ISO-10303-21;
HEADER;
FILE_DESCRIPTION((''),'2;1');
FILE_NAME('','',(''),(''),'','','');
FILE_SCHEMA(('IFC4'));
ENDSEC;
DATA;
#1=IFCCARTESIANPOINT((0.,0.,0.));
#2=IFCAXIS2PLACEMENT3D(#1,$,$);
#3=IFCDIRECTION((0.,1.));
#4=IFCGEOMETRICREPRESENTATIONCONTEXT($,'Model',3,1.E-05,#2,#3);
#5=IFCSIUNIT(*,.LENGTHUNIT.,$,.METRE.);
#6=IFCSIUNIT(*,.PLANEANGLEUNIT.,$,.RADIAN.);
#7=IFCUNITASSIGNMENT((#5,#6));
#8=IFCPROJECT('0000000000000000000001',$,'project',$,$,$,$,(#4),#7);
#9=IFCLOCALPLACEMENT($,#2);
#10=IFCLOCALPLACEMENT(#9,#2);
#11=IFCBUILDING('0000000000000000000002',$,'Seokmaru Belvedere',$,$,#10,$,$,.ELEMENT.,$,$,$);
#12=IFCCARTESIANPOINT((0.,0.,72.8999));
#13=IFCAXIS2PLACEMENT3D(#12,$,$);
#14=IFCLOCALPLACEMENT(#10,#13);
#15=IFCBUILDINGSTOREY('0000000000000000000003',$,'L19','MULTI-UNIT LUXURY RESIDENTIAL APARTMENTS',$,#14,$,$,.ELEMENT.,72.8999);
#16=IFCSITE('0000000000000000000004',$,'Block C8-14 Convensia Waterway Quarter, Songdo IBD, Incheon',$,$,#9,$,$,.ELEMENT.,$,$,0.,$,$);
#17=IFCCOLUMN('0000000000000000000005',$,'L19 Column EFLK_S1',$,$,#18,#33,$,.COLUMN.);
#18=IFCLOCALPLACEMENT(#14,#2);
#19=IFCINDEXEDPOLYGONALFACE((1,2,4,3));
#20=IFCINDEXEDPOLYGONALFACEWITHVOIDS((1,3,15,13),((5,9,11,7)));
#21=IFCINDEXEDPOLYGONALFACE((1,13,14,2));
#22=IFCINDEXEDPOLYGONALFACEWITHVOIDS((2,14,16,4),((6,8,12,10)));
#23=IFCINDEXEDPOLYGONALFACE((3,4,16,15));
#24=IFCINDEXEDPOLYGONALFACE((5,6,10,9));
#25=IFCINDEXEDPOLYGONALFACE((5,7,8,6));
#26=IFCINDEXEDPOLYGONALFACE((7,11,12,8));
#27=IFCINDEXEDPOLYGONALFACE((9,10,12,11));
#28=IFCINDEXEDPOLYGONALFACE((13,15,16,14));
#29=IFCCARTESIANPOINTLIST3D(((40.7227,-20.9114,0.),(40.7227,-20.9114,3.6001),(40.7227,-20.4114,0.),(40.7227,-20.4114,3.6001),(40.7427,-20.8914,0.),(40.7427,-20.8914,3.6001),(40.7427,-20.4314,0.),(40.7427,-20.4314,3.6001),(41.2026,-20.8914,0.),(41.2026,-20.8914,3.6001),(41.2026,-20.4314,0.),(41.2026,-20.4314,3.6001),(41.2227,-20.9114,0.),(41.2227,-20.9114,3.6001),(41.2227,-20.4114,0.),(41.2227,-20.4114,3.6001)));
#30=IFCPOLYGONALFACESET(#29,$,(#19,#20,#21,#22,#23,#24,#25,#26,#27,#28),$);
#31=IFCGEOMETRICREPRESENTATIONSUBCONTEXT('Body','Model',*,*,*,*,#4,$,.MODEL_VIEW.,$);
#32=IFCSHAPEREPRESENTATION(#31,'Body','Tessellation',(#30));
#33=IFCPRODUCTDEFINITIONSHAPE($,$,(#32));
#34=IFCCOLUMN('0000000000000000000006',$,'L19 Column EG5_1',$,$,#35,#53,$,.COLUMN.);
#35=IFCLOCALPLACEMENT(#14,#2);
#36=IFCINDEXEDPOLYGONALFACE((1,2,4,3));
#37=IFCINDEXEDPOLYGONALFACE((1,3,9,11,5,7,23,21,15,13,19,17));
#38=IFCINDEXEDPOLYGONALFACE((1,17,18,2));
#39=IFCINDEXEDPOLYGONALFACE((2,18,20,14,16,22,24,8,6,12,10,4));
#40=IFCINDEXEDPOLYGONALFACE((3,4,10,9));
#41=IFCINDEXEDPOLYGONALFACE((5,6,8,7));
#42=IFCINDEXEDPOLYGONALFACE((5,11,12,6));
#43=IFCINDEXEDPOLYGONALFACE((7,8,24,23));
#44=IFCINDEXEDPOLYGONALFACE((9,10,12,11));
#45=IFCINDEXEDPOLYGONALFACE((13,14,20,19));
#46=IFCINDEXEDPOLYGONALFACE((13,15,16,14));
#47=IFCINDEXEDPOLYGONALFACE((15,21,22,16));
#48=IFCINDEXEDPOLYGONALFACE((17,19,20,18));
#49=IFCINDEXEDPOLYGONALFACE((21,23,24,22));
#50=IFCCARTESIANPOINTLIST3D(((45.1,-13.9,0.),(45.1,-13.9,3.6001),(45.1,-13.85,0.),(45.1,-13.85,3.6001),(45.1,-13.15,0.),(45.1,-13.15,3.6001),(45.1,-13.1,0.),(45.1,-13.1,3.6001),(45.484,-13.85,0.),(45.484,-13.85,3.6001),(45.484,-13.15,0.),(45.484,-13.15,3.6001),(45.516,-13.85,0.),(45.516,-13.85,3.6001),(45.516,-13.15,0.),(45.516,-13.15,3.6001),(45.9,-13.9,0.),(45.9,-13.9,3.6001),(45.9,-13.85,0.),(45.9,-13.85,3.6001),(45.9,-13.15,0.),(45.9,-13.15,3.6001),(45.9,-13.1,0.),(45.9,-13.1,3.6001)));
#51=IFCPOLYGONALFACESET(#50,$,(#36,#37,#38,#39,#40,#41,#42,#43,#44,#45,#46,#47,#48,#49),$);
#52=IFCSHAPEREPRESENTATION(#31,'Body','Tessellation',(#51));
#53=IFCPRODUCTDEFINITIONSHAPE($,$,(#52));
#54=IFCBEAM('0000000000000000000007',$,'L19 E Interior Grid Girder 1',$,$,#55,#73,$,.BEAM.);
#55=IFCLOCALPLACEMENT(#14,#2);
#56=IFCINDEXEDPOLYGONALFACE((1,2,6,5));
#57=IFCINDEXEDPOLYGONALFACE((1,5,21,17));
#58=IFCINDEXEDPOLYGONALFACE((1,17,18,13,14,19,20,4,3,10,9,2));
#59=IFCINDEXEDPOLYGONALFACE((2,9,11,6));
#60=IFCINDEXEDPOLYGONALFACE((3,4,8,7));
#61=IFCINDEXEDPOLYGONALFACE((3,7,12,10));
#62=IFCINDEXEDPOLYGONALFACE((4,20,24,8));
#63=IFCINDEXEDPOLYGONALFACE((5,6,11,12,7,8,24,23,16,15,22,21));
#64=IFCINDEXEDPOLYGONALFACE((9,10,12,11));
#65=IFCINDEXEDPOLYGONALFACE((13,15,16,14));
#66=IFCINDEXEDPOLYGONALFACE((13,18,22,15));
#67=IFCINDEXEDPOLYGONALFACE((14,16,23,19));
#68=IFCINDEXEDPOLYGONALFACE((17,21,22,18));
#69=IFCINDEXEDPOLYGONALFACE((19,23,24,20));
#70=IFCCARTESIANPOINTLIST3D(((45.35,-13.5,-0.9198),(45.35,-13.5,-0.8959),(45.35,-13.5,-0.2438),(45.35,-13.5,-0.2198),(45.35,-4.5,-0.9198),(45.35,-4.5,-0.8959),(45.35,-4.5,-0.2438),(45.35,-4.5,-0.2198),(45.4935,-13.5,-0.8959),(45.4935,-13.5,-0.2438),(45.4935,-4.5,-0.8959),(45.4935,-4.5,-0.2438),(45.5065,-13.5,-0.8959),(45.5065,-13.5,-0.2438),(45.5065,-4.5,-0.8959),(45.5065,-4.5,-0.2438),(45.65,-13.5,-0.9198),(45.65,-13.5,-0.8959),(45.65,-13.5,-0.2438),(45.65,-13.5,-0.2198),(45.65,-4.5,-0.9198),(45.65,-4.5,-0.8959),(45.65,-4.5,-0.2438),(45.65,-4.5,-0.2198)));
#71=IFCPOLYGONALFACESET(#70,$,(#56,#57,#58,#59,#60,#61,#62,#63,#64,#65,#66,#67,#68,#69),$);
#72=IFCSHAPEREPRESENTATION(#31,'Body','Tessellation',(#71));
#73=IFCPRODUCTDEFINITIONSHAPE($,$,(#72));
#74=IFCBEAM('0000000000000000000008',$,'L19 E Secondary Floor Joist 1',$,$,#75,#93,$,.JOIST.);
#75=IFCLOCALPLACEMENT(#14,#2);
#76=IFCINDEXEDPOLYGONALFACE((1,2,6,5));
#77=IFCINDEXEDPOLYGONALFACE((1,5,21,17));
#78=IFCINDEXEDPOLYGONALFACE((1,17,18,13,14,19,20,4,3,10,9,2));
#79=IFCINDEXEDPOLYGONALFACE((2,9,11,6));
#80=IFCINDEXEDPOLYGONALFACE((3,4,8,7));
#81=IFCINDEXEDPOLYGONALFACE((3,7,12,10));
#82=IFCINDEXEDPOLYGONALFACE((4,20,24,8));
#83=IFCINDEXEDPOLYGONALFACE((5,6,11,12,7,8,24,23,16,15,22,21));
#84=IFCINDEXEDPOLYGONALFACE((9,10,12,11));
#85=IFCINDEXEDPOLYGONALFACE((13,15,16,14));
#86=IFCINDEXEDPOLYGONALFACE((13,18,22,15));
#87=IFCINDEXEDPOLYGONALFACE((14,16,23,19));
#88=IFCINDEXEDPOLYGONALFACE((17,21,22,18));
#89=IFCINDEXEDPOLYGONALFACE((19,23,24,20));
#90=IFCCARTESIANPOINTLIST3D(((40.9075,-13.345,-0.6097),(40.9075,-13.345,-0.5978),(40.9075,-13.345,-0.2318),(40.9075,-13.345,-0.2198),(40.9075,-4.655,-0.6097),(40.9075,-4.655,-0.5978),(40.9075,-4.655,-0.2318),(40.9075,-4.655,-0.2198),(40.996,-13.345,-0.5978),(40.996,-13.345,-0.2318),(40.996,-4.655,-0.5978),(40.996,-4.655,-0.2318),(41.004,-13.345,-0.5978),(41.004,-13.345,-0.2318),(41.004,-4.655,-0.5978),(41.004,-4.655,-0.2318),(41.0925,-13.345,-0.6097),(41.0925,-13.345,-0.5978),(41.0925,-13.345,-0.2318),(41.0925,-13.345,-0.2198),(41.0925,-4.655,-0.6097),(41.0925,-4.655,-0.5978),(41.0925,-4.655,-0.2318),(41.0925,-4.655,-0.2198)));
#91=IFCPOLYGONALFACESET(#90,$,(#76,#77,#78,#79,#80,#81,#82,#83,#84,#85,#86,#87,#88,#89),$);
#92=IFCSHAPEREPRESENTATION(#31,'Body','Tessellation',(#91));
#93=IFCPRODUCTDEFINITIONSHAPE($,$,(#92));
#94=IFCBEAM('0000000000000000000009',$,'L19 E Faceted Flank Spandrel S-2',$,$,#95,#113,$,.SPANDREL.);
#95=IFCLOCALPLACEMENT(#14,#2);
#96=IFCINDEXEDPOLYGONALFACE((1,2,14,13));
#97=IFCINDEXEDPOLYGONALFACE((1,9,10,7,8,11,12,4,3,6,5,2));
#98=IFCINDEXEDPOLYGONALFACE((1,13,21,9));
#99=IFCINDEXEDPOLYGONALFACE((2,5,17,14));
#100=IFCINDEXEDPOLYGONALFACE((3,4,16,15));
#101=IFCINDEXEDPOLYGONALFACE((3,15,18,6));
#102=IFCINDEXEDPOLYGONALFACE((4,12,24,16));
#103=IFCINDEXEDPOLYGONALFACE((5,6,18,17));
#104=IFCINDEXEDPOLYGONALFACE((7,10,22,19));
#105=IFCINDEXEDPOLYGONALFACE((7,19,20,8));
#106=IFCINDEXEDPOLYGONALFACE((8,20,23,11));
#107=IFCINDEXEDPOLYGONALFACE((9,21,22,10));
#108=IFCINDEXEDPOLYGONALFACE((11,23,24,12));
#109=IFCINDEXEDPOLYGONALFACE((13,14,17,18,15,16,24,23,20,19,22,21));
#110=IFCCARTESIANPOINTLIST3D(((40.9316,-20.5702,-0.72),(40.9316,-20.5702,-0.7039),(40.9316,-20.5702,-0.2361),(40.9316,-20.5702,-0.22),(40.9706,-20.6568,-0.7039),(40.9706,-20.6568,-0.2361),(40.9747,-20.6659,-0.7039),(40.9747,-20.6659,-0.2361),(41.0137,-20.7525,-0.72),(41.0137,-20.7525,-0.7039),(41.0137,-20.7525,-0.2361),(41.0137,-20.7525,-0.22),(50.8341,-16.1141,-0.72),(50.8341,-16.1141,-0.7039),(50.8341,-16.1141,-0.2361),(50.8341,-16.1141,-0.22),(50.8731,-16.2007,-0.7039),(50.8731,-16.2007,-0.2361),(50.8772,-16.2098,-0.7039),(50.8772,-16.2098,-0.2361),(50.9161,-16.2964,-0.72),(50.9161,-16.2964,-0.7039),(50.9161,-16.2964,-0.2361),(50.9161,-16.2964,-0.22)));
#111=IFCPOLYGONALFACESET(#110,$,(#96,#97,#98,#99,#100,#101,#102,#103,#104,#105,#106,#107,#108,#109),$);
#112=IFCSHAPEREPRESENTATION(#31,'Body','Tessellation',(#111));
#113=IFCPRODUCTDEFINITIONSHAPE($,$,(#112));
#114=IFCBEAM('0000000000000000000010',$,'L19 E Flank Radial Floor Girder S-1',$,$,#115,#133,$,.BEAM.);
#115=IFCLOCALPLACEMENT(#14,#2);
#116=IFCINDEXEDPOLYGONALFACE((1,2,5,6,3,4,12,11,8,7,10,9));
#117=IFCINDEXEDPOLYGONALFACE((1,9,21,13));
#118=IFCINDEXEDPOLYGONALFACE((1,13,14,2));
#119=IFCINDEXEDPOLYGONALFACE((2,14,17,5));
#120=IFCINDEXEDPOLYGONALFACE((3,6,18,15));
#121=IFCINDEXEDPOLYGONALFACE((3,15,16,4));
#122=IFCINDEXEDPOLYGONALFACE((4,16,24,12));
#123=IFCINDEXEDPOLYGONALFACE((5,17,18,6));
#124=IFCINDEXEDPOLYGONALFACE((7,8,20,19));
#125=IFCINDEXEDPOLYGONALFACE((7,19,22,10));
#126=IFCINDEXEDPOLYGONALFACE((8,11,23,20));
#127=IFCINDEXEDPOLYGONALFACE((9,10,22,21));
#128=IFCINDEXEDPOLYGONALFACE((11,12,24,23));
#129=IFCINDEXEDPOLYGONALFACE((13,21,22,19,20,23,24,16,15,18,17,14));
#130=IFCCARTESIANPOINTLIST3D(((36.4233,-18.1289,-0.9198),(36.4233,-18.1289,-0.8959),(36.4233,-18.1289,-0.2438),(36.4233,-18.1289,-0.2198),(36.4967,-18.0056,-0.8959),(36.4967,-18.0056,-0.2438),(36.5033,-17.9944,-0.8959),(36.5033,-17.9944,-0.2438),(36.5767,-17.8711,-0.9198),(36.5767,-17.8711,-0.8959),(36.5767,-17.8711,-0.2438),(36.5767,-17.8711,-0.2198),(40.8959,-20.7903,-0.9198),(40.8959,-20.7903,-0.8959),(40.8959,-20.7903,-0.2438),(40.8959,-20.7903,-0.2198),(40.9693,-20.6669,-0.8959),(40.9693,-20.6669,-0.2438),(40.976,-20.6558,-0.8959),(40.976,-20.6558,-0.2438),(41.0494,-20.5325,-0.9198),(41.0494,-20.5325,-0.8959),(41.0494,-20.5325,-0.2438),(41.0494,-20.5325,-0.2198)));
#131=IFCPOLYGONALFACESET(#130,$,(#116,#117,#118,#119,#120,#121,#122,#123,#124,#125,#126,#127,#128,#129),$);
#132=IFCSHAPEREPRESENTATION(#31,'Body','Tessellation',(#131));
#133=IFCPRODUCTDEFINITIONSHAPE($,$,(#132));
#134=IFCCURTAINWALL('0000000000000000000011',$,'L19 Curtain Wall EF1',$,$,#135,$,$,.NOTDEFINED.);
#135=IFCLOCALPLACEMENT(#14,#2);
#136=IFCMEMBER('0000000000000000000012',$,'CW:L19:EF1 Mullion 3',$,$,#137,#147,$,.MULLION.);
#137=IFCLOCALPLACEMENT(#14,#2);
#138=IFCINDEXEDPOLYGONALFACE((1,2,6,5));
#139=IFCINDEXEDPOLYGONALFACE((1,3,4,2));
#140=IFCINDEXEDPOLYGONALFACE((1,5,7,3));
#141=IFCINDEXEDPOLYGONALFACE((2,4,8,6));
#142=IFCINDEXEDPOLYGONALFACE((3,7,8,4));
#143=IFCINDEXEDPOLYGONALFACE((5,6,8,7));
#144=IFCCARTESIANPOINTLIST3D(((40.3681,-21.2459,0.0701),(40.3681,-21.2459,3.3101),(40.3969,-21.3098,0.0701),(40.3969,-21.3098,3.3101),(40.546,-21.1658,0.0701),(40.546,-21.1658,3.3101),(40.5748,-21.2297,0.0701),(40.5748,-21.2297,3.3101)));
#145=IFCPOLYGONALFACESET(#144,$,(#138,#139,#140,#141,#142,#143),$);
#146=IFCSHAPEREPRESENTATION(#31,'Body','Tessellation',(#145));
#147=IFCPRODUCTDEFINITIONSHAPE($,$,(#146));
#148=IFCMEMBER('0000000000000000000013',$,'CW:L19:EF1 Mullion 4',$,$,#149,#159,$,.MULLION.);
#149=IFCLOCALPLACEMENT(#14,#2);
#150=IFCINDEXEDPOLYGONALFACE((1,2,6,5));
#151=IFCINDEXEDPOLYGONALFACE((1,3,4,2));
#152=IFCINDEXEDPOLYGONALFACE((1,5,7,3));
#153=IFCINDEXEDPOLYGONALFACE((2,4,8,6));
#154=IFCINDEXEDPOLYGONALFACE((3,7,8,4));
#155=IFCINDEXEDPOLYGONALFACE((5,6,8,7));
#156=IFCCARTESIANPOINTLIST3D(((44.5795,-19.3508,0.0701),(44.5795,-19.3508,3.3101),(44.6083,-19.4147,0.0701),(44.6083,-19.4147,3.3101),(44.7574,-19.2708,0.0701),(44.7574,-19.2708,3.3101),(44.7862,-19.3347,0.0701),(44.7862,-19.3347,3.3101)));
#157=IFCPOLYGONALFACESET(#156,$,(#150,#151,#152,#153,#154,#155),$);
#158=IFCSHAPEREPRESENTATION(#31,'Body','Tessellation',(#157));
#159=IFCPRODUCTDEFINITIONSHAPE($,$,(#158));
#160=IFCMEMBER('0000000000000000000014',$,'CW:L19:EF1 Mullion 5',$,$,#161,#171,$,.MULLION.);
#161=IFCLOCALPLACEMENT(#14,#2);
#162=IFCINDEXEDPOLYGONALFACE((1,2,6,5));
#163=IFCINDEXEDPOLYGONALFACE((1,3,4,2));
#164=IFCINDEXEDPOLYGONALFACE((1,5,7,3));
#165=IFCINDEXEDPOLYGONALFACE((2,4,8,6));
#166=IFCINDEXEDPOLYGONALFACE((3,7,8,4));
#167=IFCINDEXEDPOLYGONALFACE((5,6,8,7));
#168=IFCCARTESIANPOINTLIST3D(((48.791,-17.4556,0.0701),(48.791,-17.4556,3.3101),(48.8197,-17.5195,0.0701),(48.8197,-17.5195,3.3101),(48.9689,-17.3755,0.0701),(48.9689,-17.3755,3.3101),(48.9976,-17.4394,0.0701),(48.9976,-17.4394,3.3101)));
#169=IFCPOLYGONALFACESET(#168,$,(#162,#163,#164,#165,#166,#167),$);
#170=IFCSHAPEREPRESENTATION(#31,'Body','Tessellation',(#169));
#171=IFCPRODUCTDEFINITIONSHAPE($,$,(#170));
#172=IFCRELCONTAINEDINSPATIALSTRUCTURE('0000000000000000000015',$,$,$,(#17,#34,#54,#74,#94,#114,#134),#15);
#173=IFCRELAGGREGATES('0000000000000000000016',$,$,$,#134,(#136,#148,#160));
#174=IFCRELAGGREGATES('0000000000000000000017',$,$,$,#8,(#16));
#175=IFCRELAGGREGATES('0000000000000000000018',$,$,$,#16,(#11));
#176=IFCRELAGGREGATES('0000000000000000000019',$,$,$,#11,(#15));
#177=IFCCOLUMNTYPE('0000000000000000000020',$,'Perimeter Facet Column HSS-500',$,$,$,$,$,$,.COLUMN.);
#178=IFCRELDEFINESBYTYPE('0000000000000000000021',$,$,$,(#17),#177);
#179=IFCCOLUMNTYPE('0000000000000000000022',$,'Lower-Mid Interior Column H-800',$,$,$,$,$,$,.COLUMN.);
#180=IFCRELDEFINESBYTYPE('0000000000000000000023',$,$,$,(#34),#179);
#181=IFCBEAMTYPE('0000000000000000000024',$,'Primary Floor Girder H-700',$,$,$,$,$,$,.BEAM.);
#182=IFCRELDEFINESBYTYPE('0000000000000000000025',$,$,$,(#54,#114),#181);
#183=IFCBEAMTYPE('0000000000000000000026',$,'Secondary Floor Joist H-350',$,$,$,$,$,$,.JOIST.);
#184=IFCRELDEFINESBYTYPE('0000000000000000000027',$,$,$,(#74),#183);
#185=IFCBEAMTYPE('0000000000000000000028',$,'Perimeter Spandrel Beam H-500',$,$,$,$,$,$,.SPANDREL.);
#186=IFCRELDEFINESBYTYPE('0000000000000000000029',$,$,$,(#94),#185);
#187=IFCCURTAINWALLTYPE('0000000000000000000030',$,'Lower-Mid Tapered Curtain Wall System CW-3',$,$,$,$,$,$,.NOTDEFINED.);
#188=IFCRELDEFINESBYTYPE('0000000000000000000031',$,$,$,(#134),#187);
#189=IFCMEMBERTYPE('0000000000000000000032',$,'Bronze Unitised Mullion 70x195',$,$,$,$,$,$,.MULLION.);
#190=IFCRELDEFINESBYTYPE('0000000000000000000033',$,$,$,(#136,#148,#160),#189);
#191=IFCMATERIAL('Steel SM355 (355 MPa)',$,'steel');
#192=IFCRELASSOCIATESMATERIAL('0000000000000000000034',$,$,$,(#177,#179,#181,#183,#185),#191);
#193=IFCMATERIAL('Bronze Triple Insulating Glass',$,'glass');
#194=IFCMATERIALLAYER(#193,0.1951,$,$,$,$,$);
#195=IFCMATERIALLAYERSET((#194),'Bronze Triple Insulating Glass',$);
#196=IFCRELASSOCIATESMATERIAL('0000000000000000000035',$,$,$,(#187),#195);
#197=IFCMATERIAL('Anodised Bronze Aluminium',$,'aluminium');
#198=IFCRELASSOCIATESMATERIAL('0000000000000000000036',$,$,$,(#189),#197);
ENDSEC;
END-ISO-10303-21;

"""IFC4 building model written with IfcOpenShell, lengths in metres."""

from ifc_helpers import new_model, si_unit, direction, frame, origin, origin_2d, place, context, subcontext, project, spatial, rectangle, hollow_rectangle, i_section, extrude, source, transform, mapped, material, layer, layer_set, material_profile, profile_set, type_object, type_shapes, element, aggregate, save


model = new_model("IFC4")

# Units and contexts
model_context = context("Model", 3, precision=1e-05, world=origin(), true_north=direction((0.0, 1.0)))
body_context = subcontext(model_context, "Body", "Model", "MODEL_VIEW")
ifc_project = project(units=[si_unit("LENGTHUNIT", "METRE"), si_unit("PLANEANGLEUNIT", "RADIAN")], contexts=[model_context])

# Site, building, storey
site_placement = place(None, origin())
site = spatial("IfcSite", under=ifc_project, at=site_placement, Name="Block C8-14 Convensia Waterway Quarter, Songdo IBD, Incheon", CompositionType="ELEMENT", RefElevation=0.0)
building_placement = place(site_placement, origin())
building = spatial("IfcBuilding", under=site, at=building_placement, Name="Seokmaru Belvedere", CompositionType="ELEMENT")
storey_placement = place(building_placement, frame((0.0, 0.0, 72.8999)))
storey = spatial("IfcBuildingStorey", under=building, at=storey_placement, Name="L19", Description="MULTI-UNIT LUXURY RESIDENTIAL APARTMENTS", CompositionType="ELEMENT", Elevation=72.8999)

# Columns
ifc_material_1 = material(Name="Steel SM355 (355 MPa)", Category="steel")
ifc_material_profile_1 = material_profile(ifc_material_1, hollow_rectangle(XDim=0.5, YDim=0.5, WallThickness=0.02, at=origin_2d()), Name="HSS-500x500x20")
ifc_profile_set_1 = profile_set([ifc_material_profile_1], Name="Steel SM355 (355 MPa)")
column_type_1 = type_object("IfcColumnType", Name="Perimeter Facet Column HSS-500", PredefinedType="COLUMN", material=ifc_profile_set_1)
shared_shape_1 = source(origin(), body_context, "Body", "SweptSolid", [
    extrude(hollow_rectangle(XDim=0.5, YDim=0.5, WallThickness=0.02, at=origin_2d()), origin(), (0.0, 0.0, 1.0), 3.6001),
])
type_shapes(column_type_1, [shared_shape_1])
column_1_placement = place(storey_placement, frame((40.9727, -20.6614, 0.0), z_axis=(0.0, 0.0, 1.0), x_axis=(1.0, 0.0, 0.0)))
element("IfcColumn", 1, at=column_1_placement, inside=storey, type_object=column_type_1, Name="L19 Column EFLK_S1", PredefinedType="COLUMN", context=body_context, shape_type="MappedRepresentation", body=[
    mapped(shared_shape_1, transform((0.0, 0.0, 0.0), scale=1.0)),
])
ifc_material_profile_2 = material_profile(ifc_material_1, i_section(OverallWidth=0.8, OverallDepth=0.8, WebThickness=0.032, FlangeThickness=0.05, at=origin_2d()), Name="H-800x800x32x50")
ifc_profile_set_2 = profile_set([ifc_material_profile_2], Name="Steel SM355 (355 MPa)")
column_type_2 = type_object("IfcColumnType", Name="Lower-Mid Interior Column H-800", PredefinedType="COLUMN", material=ifc_profile_set_2)
shared_shape_2 = source(origin(), body_context, "Body", "SweptSolid", [
    extrude(i_section(OverallWidth=0.8, OverallDepth=0.8, WebThickness=0.032, FlangeThickness=0.05, at=origin_2d()), origin(), (0.0, 0.0, 1.0), 3.6001),
])
type_shapes(column_type_2, [shared_shape_2])
column_2_placement = place(storey_placement, frame((45.5, -13.5, 0.0), z_axis=(0.0, 0.0, 1.0), x_axis=(1.0, 0.0, 0.0)))
element("IfcColumn", 2, at=column_2_placement, inside=storey, type_object=column_type_2, Name="L19 Column EG5_1", PredefinedType="COLUMN", context=body_context, shape_type="MappedRepresentation", body=[
    mapped(shared_shape_2, transform((0.0, 0.0, 0.0), scale=1.0)),
])

# Beams
ifc_material_profile_3 = material_profile(ifc_material_1, i_section(OverallWidth=0.3, OverallDepth=0.7, WebThickness=0.0129, FlangeThickness=0.0239, at=origin_2d()), Name="H-700x300x13x24")
ifc_profile_set_3 = profile_set([ifc_material_profile_3], Name="Steel SM355 (355 MPa)")
beam_type_1 = type_object("IfcBeamType", Name="Primary Floor Girder H-700", PredefinedType="BEAM", material=ifc_profile_set_3)
shared_shape_3 = source(origin(), body_context, "Body", "SweptSolid", [
    extrude(i_section(OverallWidth=0.3, OverallDepth=0.7, WebThickness=0.0129, FlangeThickness=0.0239, at=origin_2d()), origin(), (0.0, 0.0, 1.0), 9.0),
])
beam_1_placement = place(storey_placement, frame((45.5, -13.5, -0.5698), z_axis=(0.0, 1.0, 0.0), x_axis=(-1.0, 0.0, 0.0)))
element("IfcBeam", 3, at=beam_1_placement, inside=storey, type_object=beam_type_1, Name="L19 E Interior Grid Girder 1", PredefinedType="BEAM", context=body_context, shape_type="MappedRepresentation", body=[
    mapped(shared_shape_3, transform((0.0, 0.0, 0.0), scale=1.0)),
])
ifc_material_profile_4 = material_profile(ifc_material_1, i_section(OverallWidth=0.1851, OverallDepth=0.3899, WebThickness=0.0081, FlangeThickness=0.012, at=origin_2d()), Name="H-390x185x8x12")
ifc_profile_set_4 = profile_set([ifc_material_profile_4], Name="Steel SM355 (355 MPa)")
beam_type_2 = type_object("IfcBeamType", Name="Secondary Floor Joist H-350", PredefinedType="JOIST", material=ifc_profile_set_4)
shared_shape_4 = source(origin(), body_context, "Body", "SweptSolid", [
    extrude(i_section(OverallWidth=0.1851, OverallDepth=0.3899, WebThickness=0.0081, FlangeThickness=0.012, at=origin_2d()), origin(), (0.0, 0.0, 1.0), 8.6899),
])
type_shapes(beam_type_2, [shared_shape_4])
beam_2_placement = place(storey_placement, frame((41.0, -13.345, -0.4148), z_axis=(0.0, 1.0, 0.0), x_axis=(-1.0, 0.0, 0.0)))
element("IfcBeam", 4, at=beam_2_placement, inside=storey, type_object=beam_type_2, Name="L19 E Secondary Floor Joist 1", PredefinedType="JOIST", context=body_context, shape_type="MappedRepresentation", body=[
    mapped(shared_shape_4, transform((0.0, 0.0, 0.0), scale=1.0)),
])
ifc_material_profile_5 = material_profile(ifc_material_1, i_section(OverallWidth=0.2, OverallDepth=0.5, WebThickness=0.01, FlangeThickness=0.0161, at=origin_2d()), Name="H-500x200x10x16")
ifc_profile_set_5 = profile_set([ifc_material_profile_5], Name="Steel SM355 (355 MPa)")
beam_type_3 = type_object("IfcBeamType", Name="Perimeter Spandrel Beam H-500", PredefinedType="SPANDREL", material=ifc_profile_set_5)
shared_shape_5 = source(origin(), body_context, "Body", "SweptSolid", [
    extrude(i_section(OverallWidth=0.2, OverallDepth=0.5, WebThickness=0.01, FlangeThickness=0.0161, at=origin_2d()), origin(), (0.0, 0.0, 1.0), 10.8589),
])
type_shapes(beam_type_3, [shared_shape_5])
beam_3_placement = place(storey_placement, frame((40.9727, -20.6614, -0.47), z_axis=(0.911922, 0.410365, 0.0), x_axis=(-0.410365, 0.911922, 0.0)))
element("IfcBeam", 5, at=beam_3_placement, inside=storey, type_object=beam_type_3, Name="L19 E Faceted Flank Spandrel S-2", PredefinedType="SPANDREL", context=body_context, shape_type="MappedRepresentation", body=[
    mapped(shared_shape_5, transform((0.0, 0.0, 0.0), scale=1.0)),
])
shared_shape_6 = source(origin(), body_context, "Body", "SweptSolid", [
    extrude(i_section(OverallWidth=0.3, OverallDepth=0.7, WebThickness=0.0129, FlangeThickness=0.0239, at=origin_2d()), origin(), (0.0, 0.0, 1.0), 5.2046),
])
type_shapes(beam_type_1, [shared_shape_3, shared_shape_6])
beam_4_placement = place(storey_placement, frame((40.9727, -20.6614, -0.5698), z_axis=(-0.85937, 0.511354, 0.0), x_axis=(-0.511354, -0.85937, 0.0)))
element("IfcBeam", 6, at=beam_4_placement, inside=storey, type_object=beam_type_1, Name="L19 E Flank Radial Floor Girder S-1", PredefinedType="BEAM", context=body_context, shape_type="MappedRepresentation", body=[
    mapped(shared_shape_6, transform((0.0, 0.0, 0.0), scale=1.0)),
])

# Curtain wall, members
ifc_material_2 = material(Name="Bronze Triple Insulating Glass", Category="glass")
ifc_layer_1 = layer(ifc_material_2, 0.1951)
ifc_layer_set_1 = layer_set([ifc_layer_1], Name="Bronze Triple Insulating Glass")
curtain_wall_type = type_object("IfcCurtainWallType", Name="Lower-Mid Tapered Curtain Wall System CW-3", PredefinedType="NOTDEFINED", material=ifc_layer_set_1)
curtain_wall_placement = place(storey_placement, origin())
curtain_wall = element("IfcCurtainWall", 7, at=curtain_wall_placement, inside=storey, type_object=curtain_wall_type, Name="L19 Curtain Wall EF1", PredefinedType="NOTDEFINED")
ifc_material_3 = material(Name="Anodised Bronze Aluminium", Category="aluminium")
ifc_material_profile_6 = material_profile(ifc_material_3, rectangle(XDim=0.0701, YDim=0.1951, at=origin_2d()), Name="CW-M-70x195")
ifc_profile_set_6 = profile_set([ifc_material_profile_6], Name="Anodised Bronze Aluminium")
member_type = type_object("IfcMemberType", Name="Bronze Unitised Mullion 70x195", PredefinedType="MULLION", material=ifc_profile_set_6)
shared_shape_7 = source(origin(), body_context, "Body", "SweptSolid", [
    extrude(rectangle(XDim=0.0701, YDim=0.1951, at=origin_2d()), origin(), (0.0, 0.0, 1.0), 3.24),
])
type_shapes(member_type, [shared_shape_7])
member_1_placement = place(storey_placement, frame((40.4714, -21.2378, 0.0701), z_axis=(0.0, 0.0, 1.0), x_axis=(-0.410366, 0.911921, 0.0)))
member_1 = element("IfcMember", 8, at=member_1_placement, type_object=member_type, Name="CW:L19:EF1 Mullion 3", PredefinedType="MULLION", context=body_context, shape_type="MappedRepresentation", body=[
    mapped(shared_shape_7, transform((0.0, 0.0, 0.0), scale=1.0)),
])
member_2_placement = place(storey_placement, frame((44.6829, -19.3428, 0.0701), z_axis=(0.0, 0.0, 1.0), x_axis=(-0.410366, 0.911921, 0.0)))
member_2 = element("IfcMember", 9, at=member_2_placement, type_object=member_type, Name="CW:L19:EF1 Mullion 4", PredefinedType="MULLION", context=body_context, shape_type="MappedRepresentation", body=[
    mapped(shared_shape_7, transform((0.0, 0.0, 0.0), scale=1.0)),
])
member_3_placement = place(storey_placement, frame((48.8943, -17.4475, 0.0701), z_axis=(0.0, 0.0, 1.0), x_axis=(-0.410366, 0.911921, 0.0)))
member_3 = element("IfcMember", 10, at=member_3_placement, type_object=member_type, Name="CW:L19:EF1 Mullion 5", PredefinedType="MULLION", context=body_context, shape_type="MappedRepresentation", body=[
    mapped(shared_shape_7, transform((0.0, 0.0, 0.0), scale=1.0)),
])
aggregate(curtain_wall, [member_1, member_2, member_3])

save(model, "model.ifc")
